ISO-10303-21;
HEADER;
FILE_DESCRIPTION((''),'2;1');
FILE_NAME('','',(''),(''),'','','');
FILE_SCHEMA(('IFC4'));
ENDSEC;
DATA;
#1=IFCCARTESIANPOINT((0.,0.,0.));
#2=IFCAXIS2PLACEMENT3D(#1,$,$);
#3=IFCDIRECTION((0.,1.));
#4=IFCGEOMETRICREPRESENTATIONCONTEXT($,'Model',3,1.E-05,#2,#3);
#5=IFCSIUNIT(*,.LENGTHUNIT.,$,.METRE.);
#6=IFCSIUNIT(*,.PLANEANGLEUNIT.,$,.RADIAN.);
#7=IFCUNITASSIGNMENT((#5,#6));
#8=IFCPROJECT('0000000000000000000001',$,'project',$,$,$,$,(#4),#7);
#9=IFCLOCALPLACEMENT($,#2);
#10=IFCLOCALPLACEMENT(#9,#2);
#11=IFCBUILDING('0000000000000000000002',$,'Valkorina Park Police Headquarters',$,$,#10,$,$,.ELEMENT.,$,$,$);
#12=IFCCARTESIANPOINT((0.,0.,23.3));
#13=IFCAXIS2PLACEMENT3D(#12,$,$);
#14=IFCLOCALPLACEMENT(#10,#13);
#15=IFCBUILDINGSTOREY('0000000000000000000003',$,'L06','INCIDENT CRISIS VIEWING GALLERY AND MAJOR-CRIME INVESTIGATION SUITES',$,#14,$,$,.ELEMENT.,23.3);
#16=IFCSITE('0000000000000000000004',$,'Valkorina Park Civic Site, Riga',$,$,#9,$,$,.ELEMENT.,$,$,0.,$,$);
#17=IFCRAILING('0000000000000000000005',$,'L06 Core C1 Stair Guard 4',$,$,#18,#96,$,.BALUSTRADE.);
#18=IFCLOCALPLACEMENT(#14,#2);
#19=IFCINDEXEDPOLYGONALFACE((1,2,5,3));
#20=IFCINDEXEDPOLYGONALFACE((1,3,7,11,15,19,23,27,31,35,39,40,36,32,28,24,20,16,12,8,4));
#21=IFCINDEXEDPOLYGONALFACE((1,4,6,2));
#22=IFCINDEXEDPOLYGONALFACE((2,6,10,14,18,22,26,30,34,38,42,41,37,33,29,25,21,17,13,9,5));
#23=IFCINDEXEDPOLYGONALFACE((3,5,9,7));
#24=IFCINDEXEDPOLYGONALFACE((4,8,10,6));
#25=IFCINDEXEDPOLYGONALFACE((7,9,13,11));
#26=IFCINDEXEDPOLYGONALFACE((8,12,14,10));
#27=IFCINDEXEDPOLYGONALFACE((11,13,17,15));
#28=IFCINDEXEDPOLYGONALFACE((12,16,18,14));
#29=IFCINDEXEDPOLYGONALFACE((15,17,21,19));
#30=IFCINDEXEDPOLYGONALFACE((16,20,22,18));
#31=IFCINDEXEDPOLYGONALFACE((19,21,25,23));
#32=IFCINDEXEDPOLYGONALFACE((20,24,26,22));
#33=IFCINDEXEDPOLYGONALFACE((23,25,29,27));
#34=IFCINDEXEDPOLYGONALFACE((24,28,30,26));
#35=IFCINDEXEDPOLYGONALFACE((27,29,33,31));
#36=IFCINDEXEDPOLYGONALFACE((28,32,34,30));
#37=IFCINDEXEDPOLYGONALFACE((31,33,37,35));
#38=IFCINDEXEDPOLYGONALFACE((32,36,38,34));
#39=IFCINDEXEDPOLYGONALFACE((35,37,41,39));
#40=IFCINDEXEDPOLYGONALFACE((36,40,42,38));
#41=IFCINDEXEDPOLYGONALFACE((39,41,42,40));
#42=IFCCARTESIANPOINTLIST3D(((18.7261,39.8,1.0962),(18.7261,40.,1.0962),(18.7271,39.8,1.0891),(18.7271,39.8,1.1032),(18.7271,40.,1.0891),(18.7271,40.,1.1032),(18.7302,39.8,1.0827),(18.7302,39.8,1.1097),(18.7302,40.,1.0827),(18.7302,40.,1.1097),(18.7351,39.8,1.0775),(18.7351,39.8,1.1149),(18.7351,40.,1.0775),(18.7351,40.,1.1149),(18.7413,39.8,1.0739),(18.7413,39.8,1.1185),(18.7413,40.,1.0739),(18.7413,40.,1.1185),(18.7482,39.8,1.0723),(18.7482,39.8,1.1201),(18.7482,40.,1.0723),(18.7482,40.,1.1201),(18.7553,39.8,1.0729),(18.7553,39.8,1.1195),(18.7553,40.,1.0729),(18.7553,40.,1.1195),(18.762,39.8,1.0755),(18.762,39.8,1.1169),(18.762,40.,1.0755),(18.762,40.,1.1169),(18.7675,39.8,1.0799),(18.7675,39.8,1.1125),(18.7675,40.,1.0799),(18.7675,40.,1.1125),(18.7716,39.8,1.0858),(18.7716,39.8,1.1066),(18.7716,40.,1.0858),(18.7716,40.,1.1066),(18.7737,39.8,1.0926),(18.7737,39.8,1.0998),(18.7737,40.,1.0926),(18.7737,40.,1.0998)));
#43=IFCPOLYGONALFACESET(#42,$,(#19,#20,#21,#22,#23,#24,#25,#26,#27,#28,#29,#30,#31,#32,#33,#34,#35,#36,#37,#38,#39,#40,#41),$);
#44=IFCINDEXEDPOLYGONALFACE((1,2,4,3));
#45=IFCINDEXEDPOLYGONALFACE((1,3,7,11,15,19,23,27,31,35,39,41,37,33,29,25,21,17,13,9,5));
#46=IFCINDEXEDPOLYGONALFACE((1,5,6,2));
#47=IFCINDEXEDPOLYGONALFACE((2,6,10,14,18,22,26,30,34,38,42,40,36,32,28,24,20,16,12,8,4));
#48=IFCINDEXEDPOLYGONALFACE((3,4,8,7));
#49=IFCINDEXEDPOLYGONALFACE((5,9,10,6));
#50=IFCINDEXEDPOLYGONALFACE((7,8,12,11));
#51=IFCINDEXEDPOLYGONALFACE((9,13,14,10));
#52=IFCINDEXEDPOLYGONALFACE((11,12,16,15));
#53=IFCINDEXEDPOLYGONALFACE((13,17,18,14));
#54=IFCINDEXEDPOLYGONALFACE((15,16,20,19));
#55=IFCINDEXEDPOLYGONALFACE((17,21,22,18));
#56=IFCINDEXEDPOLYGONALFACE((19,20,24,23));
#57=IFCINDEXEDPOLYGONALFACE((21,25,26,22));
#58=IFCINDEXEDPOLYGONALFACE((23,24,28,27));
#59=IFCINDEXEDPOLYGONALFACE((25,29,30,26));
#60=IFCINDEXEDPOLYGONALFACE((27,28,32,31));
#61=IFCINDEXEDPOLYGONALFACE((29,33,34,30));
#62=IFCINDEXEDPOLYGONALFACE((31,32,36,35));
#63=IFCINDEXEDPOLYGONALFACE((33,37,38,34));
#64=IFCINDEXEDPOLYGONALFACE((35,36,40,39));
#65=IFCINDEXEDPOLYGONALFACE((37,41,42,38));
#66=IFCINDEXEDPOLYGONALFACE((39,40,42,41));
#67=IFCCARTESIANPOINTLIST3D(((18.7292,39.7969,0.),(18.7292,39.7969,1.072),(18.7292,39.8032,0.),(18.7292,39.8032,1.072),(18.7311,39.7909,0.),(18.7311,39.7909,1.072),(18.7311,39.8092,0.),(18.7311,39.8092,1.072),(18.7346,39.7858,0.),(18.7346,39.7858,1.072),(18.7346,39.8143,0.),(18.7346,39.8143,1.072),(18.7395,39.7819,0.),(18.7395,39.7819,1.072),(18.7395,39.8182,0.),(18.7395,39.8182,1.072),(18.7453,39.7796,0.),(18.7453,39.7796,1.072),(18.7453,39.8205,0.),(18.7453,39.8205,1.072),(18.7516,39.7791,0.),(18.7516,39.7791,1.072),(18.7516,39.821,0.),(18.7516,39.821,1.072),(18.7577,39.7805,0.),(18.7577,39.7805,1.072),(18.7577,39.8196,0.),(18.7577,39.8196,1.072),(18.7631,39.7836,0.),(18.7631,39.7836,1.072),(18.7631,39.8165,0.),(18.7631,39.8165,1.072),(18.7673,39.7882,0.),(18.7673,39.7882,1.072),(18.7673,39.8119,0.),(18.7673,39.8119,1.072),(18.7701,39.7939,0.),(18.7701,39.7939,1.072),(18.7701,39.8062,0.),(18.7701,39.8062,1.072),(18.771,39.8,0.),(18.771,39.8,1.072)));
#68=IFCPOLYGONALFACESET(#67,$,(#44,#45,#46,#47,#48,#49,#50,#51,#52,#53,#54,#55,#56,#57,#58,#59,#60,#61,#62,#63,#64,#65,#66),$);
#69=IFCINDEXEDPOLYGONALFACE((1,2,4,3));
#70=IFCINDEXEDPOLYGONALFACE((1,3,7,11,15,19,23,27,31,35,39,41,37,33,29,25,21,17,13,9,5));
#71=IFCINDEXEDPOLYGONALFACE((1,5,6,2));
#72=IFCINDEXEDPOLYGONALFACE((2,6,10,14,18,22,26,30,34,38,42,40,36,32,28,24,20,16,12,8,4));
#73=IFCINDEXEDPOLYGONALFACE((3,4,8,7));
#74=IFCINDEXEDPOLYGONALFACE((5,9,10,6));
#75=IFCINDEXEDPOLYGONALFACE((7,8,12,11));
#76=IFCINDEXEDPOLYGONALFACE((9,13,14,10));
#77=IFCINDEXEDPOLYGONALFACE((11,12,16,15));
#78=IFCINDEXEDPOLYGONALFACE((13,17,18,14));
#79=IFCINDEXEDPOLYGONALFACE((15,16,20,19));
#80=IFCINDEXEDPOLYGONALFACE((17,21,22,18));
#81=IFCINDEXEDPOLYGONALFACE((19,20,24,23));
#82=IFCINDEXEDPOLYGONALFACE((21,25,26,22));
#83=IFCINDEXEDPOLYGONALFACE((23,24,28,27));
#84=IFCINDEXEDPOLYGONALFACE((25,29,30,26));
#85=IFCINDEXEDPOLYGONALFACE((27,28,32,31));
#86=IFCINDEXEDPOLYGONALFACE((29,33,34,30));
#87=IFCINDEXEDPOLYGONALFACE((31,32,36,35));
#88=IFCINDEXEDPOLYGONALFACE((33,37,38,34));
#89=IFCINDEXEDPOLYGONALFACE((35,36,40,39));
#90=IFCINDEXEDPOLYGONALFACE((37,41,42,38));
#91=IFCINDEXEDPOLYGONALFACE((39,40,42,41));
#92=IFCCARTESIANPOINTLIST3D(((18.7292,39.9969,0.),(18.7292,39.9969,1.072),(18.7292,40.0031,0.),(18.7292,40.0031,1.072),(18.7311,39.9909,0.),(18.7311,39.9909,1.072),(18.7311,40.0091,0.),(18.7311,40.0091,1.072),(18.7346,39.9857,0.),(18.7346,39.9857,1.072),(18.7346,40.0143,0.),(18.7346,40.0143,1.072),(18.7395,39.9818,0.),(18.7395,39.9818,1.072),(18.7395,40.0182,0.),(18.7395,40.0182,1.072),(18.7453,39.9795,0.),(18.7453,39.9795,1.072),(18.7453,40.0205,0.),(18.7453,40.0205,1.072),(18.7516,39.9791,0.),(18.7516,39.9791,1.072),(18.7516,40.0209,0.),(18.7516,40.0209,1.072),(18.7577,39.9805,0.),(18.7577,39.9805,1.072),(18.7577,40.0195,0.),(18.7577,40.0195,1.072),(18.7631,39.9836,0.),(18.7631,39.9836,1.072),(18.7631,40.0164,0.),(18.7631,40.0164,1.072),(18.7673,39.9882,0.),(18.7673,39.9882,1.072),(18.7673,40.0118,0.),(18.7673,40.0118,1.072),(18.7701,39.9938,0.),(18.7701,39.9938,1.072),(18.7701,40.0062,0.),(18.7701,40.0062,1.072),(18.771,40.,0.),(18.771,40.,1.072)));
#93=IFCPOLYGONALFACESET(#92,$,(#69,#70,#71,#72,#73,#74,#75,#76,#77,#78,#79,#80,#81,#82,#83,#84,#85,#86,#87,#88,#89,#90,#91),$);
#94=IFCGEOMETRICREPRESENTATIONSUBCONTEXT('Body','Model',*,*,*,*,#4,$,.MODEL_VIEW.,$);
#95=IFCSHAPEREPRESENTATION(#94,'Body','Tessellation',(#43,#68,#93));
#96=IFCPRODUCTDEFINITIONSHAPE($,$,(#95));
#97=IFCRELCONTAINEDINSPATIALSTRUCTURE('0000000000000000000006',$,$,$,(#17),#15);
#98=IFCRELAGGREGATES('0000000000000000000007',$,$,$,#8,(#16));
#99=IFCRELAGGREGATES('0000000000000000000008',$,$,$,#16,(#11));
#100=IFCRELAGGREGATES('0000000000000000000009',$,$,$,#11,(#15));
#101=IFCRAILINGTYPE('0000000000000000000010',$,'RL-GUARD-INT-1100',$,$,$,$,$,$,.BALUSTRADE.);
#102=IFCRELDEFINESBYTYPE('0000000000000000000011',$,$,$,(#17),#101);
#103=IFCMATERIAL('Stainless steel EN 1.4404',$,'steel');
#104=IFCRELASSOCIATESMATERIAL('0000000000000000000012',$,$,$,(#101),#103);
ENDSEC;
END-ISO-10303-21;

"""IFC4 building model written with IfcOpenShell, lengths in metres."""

from ifc_helpers import new_model, si_unit, direction, frame, origin, origin_2d, place, context, subcontext, project, spatial, circle, extrude, material, type_object, element, save


model = new_model("IFC4")

# Units and contexts
model_context = context("Model", 3, precision=1e-05, world=origin(), true_north=direction((0.0, 1.0)))
body_context = subcontext(model_context, "Body", "Model", "MODEL_VIEW")
ifc_project = project(units=[si_unit("LENGTHUNIT", "METRE"), si_unit("PLANEANGLEUNIT", "RADIAN")], contexts=[model_context])

# Site, building, storey
site_placement = place(None, origin())
site = spatial("IfcSite", under=ifc_project, at=site_placement, Name="Valkorina Park Civic Site, Riga", CompositionType="ELEMENT", RefElevation=0.0)
building_placement = place(site_placement, origin())
building = spatial("IfcBuilding", under=site, at=building_placement, Name="Valkorina Park Police Headquarters", CompositionType="ELEMENT")
storey_placement = place(building_placement, frame((0.0, 0.0, 23.3)))
storey = spatial("IfcBuildingStorey", under=building, at=storey_placement, Name="L06", Description="INCIDENT CRISIS VIEWING GALLERY AND MAJOR-CRIME INVESTIGATION SUITES", CompositionType="ELEMENT", Elevation=23.3)

# Railing
ifc_material_1 = material(Name="Stainless steel EN 1.4404", Category="steel")
railing_type_1 = type_object("IfcRailingType", Name="RL-GUARD-INT-1100", PredefinedType="BALUSTRADE", material=ifc_material_1)
railing_1_placement = place(storey_placement, frame((18.75, 39.8, 0.0)))
element("IfcRailing", 1, at=railing_1_placement, inside=storey, type_object=railing_type_1, Name="L06 Core C1 Stair Guard 4", PredefinedType="BALUSTRADE", context=body_context, shape_type="SweptSolid", body=[
    extrude(circle(Radius=0.0239, at=origin_2d()), frame((0.0, 0.0, 1.0962), z_axis=(0.0, 1.0, 0.0), x_axis=(-1.0, 0.0, 0.0)), (0.0, 0.0, 1.0), 0.2),
    extrude(circle(Radius=0.021, at=origin_2d()), origin(), (0.0, 0.0, 1.0), 1.072),
    extrude(circle(Radius=0.021, at=origin_2d()), frame((0.0, 0.2, 0.0)), (0.0, 0.0, 1.0), 1.072),
])

save(model, "model.ifc")
